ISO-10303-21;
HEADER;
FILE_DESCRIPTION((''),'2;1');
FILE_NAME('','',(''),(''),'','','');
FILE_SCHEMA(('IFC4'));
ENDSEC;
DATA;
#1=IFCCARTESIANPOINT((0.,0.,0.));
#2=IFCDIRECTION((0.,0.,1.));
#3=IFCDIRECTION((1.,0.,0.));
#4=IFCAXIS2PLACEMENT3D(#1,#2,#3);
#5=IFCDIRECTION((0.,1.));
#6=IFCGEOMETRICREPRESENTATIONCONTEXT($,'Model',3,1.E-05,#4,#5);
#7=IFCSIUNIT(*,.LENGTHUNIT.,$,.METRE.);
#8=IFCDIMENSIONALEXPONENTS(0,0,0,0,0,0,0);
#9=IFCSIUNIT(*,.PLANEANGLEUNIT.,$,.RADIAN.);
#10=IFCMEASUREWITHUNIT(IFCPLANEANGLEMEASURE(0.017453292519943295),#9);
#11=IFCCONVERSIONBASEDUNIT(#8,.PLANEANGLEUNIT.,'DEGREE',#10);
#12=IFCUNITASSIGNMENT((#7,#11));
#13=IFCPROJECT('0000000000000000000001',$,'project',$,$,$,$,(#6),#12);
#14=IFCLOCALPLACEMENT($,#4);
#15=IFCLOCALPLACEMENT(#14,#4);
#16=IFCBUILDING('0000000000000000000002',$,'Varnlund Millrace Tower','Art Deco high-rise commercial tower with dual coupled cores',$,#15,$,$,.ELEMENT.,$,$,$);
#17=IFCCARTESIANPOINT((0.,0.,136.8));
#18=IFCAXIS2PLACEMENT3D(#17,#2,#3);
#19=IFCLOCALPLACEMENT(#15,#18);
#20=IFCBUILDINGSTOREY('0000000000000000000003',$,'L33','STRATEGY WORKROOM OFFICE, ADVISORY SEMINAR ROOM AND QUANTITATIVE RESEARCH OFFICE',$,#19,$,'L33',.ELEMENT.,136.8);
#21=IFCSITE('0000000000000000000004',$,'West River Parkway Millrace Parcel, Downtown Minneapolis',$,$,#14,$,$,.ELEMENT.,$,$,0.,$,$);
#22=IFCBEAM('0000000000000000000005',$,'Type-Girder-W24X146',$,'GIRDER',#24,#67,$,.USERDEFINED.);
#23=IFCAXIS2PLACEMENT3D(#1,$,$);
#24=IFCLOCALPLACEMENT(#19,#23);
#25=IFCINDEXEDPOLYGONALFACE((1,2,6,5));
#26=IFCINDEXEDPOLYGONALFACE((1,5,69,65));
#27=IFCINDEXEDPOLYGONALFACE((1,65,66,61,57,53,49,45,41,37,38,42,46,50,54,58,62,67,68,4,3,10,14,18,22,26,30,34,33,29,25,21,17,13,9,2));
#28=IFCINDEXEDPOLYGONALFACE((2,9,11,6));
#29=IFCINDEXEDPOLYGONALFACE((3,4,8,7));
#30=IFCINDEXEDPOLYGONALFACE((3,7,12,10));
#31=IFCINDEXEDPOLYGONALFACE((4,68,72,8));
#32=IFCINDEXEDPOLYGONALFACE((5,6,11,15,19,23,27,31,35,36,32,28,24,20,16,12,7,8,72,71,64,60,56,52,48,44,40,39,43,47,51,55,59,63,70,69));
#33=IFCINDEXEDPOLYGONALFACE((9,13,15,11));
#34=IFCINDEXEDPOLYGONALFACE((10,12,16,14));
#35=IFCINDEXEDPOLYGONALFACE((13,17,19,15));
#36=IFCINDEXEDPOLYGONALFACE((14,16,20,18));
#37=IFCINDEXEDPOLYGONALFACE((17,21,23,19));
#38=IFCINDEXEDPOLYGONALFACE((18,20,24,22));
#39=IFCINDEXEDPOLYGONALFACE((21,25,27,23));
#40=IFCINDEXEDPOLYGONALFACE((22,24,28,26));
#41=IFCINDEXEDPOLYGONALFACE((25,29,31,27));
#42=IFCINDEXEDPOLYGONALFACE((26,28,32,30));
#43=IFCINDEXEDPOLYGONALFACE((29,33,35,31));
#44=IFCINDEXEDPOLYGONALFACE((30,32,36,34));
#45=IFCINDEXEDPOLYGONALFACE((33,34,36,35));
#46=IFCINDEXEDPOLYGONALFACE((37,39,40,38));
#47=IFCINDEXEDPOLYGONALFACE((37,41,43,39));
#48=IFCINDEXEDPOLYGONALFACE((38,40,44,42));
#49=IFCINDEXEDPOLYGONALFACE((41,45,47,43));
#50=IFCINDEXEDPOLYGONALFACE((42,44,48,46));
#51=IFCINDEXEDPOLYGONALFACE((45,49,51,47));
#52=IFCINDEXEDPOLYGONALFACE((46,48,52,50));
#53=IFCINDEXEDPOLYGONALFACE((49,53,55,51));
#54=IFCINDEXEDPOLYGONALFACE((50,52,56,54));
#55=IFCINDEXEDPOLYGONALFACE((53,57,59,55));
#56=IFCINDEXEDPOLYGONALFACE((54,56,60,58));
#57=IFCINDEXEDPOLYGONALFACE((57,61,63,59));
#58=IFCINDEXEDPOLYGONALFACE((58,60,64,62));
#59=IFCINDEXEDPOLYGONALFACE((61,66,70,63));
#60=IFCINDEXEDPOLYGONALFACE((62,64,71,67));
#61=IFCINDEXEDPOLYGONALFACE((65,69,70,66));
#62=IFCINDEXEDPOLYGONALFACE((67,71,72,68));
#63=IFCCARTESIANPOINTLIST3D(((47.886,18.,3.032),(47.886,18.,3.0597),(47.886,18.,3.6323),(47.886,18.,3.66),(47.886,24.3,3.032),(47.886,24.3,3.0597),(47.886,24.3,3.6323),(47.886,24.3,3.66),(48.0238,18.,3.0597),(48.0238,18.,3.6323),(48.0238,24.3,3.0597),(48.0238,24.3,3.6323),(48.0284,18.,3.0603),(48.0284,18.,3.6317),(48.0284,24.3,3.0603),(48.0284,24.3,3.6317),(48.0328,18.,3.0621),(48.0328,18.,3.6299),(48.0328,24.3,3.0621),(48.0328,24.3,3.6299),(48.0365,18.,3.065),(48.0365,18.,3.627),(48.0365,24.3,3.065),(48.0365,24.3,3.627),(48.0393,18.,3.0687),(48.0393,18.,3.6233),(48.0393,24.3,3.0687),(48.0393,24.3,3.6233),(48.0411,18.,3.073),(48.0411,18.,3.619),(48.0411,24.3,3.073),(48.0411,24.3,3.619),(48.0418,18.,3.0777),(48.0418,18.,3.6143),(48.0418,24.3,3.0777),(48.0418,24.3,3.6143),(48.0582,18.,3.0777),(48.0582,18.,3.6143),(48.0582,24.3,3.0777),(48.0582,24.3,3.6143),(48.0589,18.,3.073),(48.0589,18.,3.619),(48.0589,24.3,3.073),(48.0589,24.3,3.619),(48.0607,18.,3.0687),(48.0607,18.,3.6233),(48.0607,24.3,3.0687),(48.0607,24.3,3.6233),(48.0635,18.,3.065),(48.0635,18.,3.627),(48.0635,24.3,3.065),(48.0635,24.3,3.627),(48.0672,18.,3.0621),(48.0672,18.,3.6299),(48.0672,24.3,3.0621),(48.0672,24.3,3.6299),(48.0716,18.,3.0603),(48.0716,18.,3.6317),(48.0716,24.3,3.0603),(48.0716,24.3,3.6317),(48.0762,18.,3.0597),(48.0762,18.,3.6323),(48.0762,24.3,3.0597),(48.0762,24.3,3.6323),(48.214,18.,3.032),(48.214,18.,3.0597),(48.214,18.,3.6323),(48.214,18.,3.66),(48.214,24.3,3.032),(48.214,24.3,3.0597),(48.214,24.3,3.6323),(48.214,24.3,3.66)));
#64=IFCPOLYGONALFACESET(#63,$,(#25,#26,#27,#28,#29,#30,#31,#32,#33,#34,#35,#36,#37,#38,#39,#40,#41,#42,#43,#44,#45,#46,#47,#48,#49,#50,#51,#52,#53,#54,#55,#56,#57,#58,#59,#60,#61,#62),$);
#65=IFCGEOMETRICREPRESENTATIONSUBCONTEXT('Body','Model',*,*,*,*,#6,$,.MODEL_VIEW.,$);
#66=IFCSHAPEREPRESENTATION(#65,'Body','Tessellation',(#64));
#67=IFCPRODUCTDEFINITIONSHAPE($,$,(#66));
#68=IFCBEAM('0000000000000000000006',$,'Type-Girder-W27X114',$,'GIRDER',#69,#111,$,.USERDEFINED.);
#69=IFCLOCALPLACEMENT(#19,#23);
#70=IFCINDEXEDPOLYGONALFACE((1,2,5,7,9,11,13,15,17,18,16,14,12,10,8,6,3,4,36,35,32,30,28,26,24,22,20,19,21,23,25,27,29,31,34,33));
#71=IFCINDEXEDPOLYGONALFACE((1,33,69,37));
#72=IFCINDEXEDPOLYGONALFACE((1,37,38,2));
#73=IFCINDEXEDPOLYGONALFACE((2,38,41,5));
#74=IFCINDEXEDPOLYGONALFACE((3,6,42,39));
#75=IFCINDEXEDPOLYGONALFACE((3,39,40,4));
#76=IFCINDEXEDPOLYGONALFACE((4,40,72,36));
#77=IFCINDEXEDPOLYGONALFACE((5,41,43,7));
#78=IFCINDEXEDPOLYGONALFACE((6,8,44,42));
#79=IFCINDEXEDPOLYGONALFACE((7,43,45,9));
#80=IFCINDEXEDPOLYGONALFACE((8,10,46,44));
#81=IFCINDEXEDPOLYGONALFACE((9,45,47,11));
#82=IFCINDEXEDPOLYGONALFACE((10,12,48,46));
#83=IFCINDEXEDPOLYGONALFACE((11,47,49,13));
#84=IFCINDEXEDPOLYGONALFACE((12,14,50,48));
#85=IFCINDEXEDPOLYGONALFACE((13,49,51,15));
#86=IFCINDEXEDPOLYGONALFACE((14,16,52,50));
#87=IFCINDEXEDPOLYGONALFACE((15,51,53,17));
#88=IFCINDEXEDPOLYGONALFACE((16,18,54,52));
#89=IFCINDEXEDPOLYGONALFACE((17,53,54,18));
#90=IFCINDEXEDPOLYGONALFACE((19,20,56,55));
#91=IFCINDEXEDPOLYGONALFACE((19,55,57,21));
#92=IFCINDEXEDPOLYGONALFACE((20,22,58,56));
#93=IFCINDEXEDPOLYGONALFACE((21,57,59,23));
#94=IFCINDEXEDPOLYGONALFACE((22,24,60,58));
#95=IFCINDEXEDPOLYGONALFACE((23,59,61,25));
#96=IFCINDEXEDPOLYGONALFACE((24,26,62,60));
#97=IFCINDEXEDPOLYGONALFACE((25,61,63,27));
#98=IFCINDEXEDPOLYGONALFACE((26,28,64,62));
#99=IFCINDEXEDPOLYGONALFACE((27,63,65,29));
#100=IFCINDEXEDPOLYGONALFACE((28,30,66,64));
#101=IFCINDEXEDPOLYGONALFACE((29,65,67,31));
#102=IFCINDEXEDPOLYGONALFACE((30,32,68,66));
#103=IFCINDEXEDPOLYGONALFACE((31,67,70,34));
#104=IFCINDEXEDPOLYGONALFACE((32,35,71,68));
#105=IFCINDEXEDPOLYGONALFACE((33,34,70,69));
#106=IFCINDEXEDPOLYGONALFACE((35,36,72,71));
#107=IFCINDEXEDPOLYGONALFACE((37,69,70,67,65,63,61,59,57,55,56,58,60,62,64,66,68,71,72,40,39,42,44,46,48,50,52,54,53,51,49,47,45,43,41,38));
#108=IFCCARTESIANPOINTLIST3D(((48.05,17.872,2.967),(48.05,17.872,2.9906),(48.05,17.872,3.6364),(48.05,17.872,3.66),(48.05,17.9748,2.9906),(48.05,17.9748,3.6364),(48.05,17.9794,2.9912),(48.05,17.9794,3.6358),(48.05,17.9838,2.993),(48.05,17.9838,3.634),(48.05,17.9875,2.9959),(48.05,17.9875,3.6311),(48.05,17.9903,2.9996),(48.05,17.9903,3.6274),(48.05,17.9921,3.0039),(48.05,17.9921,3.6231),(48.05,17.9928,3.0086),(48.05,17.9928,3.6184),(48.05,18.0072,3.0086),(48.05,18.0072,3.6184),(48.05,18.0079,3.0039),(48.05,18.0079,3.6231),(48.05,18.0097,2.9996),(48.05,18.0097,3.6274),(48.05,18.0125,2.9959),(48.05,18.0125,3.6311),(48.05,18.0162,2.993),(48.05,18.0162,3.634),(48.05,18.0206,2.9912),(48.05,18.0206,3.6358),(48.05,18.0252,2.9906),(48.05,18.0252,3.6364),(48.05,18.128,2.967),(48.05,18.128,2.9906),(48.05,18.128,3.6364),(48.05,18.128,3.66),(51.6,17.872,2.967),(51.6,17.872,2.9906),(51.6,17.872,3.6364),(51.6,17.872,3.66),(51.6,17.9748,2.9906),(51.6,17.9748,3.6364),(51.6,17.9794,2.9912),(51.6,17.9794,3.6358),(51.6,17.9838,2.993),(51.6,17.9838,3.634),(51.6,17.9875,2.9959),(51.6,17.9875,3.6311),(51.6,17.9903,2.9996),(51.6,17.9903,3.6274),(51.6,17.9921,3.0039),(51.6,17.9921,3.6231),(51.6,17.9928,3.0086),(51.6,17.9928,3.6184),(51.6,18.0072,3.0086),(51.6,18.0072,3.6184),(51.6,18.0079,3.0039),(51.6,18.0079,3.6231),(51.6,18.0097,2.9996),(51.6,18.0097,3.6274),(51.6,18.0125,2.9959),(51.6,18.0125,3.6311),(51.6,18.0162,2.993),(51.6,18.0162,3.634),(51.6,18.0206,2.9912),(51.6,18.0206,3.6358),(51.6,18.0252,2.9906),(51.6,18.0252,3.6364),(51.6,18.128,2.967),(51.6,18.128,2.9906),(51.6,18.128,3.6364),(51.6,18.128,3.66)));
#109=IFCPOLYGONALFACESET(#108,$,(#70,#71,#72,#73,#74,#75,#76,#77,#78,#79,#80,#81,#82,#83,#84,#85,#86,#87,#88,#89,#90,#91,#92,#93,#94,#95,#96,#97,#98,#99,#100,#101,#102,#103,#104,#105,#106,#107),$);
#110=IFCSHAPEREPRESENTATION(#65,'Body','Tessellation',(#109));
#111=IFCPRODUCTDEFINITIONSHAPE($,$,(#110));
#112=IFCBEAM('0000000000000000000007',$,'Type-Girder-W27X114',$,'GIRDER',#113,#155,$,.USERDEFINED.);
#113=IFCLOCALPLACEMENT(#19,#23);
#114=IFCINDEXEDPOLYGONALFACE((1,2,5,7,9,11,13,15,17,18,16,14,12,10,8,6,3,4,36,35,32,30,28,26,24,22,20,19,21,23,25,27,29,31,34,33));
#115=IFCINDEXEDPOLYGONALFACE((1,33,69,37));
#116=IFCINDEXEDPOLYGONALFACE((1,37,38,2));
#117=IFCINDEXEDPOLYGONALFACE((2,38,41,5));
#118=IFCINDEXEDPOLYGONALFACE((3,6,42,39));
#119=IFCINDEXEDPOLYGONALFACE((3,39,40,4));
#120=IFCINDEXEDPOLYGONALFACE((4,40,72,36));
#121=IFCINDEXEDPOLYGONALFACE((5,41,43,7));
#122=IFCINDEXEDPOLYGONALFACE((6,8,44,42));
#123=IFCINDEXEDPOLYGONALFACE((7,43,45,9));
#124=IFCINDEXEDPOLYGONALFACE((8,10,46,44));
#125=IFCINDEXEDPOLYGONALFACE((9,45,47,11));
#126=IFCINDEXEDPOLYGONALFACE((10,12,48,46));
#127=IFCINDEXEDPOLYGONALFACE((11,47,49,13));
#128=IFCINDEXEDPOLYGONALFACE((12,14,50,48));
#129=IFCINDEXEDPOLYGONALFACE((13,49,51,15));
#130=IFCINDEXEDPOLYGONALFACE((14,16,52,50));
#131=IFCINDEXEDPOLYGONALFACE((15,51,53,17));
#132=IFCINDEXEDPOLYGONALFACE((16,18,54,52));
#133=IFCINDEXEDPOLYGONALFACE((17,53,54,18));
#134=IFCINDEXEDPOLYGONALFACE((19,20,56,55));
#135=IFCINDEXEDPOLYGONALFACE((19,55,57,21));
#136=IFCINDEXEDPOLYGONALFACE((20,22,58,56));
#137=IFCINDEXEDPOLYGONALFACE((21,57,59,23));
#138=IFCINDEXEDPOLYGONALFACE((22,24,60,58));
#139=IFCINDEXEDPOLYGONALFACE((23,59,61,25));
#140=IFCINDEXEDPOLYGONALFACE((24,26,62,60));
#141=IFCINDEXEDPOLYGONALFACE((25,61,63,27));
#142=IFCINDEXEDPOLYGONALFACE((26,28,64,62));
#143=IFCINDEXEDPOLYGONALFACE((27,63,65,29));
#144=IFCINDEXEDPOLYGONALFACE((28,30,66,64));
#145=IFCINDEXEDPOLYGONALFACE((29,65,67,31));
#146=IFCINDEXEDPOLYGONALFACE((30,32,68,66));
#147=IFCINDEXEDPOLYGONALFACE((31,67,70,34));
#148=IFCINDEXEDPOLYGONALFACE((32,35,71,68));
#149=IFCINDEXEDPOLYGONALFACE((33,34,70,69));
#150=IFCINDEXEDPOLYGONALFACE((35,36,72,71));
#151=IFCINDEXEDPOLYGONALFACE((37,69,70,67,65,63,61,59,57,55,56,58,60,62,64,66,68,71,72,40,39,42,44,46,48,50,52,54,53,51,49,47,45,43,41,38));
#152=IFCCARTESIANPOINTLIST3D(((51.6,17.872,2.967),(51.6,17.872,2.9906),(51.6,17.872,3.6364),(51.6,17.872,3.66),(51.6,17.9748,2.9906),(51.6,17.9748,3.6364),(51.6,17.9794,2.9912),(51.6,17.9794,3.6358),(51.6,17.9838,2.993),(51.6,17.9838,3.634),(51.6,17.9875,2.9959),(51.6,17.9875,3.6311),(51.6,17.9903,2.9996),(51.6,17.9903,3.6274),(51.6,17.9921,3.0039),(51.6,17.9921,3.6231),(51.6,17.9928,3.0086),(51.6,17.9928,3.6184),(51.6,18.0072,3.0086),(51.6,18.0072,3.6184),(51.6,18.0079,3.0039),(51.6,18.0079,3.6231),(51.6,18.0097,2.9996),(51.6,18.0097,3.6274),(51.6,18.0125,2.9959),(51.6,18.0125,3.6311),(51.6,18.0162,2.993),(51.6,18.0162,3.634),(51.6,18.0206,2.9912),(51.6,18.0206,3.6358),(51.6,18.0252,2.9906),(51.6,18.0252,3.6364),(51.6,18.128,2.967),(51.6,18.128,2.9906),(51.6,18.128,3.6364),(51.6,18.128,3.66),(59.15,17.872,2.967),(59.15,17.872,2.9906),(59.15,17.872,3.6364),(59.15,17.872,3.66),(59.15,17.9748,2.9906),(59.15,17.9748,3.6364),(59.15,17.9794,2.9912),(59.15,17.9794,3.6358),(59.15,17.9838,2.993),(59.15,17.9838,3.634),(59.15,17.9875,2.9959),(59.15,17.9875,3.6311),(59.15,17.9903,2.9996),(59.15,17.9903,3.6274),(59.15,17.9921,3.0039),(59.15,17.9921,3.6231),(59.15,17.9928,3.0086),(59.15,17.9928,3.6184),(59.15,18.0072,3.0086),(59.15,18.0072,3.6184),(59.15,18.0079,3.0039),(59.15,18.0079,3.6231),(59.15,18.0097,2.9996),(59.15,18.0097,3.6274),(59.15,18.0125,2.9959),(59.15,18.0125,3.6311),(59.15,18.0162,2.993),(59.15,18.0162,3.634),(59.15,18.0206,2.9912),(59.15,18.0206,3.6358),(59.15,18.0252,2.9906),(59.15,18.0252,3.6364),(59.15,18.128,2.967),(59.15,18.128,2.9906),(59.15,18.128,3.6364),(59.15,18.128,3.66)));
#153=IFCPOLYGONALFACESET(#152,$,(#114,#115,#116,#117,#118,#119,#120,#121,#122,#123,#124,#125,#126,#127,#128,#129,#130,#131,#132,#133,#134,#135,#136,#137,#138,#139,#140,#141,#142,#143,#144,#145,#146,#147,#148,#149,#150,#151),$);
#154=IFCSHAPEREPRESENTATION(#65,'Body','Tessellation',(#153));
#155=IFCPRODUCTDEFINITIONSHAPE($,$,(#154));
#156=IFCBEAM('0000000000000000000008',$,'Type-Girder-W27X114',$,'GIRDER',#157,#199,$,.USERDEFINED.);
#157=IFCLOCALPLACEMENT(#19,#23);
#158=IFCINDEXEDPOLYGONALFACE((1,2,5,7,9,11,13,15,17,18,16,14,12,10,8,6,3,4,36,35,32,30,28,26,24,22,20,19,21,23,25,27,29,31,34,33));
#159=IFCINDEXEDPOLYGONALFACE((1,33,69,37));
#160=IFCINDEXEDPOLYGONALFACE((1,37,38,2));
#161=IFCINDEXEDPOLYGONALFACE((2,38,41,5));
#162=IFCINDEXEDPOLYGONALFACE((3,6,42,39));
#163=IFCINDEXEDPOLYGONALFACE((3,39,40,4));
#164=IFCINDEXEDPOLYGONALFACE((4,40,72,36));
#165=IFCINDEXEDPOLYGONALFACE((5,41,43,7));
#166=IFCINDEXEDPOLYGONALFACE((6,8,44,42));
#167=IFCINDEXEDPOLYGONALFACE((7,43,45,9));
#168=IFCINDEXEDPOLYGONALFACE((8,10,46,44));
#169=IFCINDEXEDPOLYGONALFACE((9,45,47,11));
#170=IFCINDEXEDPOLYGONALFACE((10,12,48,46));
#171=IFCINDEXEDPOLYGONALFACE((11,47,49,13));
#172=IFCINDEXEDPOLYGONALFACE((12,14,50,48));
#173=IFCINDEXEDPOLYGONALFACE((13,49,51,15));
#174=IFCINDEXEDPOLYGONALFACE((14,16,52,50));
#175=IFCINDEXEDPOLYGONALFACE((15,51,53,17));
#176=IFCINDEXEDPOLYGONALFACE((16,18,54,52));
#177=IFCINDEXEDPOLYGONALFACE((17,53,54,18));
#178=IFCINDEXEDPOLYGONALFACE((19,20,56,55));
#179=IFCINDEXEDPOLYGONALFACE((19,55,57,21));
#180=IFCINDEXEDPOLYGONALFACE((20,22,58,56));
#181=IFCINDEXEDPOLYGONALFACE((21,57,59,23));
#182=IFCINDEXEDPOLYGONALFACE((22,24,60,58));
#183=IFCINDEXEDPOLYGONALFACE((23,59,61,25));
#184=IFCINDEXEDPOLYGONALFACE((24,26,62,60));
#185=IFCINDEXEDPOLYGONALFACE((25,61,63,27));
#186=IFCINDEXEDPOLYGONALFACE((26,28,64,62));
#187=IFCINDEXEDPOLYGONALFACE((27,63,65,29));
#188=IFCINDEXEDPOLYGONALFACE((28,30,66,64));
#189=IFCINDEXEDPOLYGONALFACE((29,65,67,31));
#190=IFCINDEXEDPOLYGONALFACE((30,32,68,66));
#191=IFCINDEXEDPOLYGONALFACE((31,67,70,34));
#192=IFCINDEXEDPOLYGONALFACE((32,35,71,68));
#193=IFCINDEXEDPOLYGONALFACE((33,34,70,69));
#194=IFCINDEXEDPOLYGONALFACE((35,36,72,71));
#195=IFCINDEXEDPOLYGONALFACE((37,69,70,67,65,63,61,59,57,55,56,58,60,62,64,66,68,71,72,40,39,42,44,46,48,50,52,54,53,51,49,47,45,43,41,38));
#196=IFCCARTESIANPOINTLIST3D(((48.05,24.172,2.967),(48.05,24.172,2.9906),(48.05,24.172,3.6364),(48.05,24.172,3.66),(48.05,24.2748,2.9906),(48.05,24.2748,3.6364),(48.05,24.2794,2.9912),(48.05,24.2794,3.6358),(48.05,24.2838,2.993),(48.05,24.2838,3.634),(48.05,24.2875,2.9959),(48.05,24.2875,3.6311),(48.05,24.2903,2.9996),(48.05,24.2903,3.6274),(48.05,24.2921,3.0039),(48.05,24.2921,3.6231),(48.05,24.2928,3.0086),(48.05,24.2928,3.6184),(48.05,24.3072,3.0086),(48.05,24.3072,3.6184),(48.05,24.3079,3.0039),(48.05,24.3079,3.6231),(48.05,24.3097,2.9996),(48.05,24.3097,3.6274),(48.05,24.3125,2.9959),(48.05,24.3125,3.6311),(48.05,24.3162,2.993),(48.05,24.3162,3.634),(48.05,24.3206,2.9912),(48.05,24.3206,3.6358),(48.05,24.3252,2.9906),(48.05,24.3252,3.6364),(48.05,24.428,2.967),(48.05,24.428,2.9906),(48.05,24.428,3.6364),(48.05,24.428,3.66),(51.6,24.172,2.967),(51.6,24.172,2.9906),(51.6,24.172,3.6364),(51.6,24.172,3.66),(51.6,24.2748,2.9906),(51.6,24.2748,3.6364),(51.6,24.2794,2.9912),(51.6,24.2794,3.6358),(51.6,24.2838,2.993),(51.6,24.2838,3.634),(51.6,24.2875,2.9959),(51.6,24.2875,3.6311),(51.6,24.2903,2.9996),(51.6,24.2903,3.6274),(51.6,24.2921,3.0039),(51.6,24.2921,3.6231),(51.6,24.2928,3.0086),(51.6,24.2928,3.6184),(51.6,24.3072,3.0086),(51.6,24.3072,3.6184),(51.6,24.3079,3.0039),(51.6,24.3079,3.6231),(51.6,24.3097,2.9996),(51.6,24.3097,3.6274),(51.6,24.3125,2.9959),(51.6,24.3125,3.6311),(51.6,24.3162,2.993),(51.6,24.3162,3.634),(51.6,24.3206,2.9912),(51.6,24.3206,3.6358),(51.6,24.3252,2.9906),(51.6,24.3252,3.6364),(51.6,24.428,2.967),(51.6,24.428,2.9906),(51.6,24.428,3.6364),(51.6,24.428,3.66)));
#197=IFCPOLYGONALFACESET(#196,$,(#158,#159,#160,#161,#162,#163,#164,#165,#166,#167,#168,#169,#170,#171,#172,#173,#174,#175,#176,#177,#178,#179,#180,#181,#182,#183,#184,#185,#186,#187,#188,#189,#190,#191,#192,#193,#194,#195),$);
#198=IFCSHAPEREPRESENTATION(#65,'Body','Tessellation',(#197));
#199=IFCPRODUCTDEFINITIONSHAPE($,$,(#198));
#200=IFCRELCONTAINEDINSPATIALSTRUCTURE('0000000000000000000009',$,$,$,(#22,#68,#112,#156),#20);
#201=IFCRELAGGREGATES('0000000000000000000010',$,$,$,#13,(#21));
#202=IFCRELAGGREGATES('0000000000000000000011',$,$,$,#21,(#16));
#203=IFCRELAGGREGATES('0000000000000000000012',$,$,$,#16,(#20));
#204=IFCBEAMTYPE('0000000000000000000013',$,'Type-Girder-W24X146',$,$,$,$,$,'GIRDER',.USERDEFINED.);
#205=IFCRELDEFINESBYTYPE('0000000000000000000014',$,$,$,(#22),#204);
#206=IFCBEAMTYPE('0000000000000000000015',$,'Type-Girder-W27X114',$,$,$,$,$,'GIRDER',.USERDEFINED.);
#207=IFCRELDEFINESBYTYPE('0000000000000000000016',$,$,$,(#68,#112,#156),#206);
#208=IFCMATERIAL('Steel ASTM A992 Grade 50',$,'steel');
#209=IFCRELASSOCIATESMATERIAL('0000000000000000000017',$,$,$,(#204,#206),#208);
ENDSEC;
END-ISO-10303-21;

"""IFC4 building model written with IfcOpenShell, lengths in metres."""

from ifc_helpers import new_model, entity, si_unit, converted_unit, direction, frame, origin_with_axes, origin_2d_with_axis, place, context, subcontext, project, spatial, i_section, extrude, material, material_profile, profile_set, type_object, element, save


model = new_model("IFC4")

# Units and contexts
model_context = context("Model", 3, precision=1e-05, world=origin_with_axes(), true_north=direction((0.0, 1.0)))
body_context = subcontext(model_context, "Body", "Model", "MODEL_VIEW")
ifc_project = project(units=[si_unit("LENGTHUNIT", "METRE"), converted_unit("PLANEANGLEUNIT", "DEGREE", entity("IfcPlaneAngleMeasure", 0.017453292519943295), si_unit("PLANEANGLEUNIT", "RADIAN"), dimensions=[0, 0, 0, 0, 0, 0, 0])], contexts=[model_context])

# Site, building, storey
site_placement = place(None, origin_with_axes())
site = spatial("IfcSite", under=ifc_project, at=site_placement, Name="West River Parkway Millrace Parcel, Downtown Minneapolis", CompositionType="ELEMENT", RefElevation=0.0)
building_placement = place(site_placement, origin_with_axes())
building = spatial("IfcBuilding", under=site, at=building_placement, Name="Varnlund Millrace Tower", Description="Art Deco high-rise commercial tower with dual coupled cores", CompositionType="ELEMENT")
storey_placement = place(building_placement, frame((0.0, 0.0, 136.8), z_axis=(0.0, 0.0, 1.0), x_axis=(1.0, 0.0, 0.0)))
storey = spatial("IfcBuildingStorey", under=building, at=storey_placement, Name="L33", Description="STRATEGY WORKROOM OFFICE, ADVISORY SEMINAR ROOM AND QUANTITATIVE RESEARCH OFFICE", LongName="L33", CompositionType="ELEMENT", Elevation=136.8)

# Beams
ifc_material_1 = material(Name="Steel ASTM A992 Grade 50", Category="steel")
ifc_material_profile_1 = material_profile(ifc_material_1, i_section(OverallWidth=0.328, OverallDepth=0.628, WebThickness=0.0165, FlangeThickness=0.0277, FilletRadius=0.018, at=origin_2d_with_axis()), Name="Steel ASTM A992 Grade 50")
ifc_profile_set_1 = profile_set([ifc_material_profile_1], Name="Steel ASTM A992 Grade 50")
beam_type_1 = type_object("IfcBeamType", Name="Type-Girder-W24X146", ElementType="GIRDER", PredefinedType="USERDEFINED", material=ifc_profile_set_1)
beam_1_placement = place(storey_placement, frame((48.05, 18.0, 3.346), z_axis=(0.0, 1.0, 0.0), x_axis=(-1.0, 0.0, 0.0)))
element("IfcBeam", 1, at=beam_1_placement, inside=storey, type_object=beam_type_1, Name="Type-Girder-W24X146", ObjectType="GIRDER", PredefinedType="USERDEFINED", context=body_context, shape_type="SweptSolid", body=[
    extrude(i_section(OverallWidth=0.328, OverallDepth=0.628, WebThickness=0.0165, FlangeThickness=0.0277, FilletRadius=0.018, at=origin_2d_with_axis()), origin_with_axes(), (0.0, 0.0, 1.0), 6.3),
])
ifc_material_profile_2 = material_profile(ifc_material_1, i_section(OverallWidth=0.256, OverallDepth=0.693, WebThickness=0.0145, FlangeThickness=0.0236, FilletRadius=0.018, at=origin_2d_with_axis()), Name="Steel ASTM A992 Grade 50")
ifc_profile_set_2 = profile_set([ifc_material_profile_2], Name="Steel ASTM A992 Grade 50")
beam_type_2 = type_object("IfcBeamType", Name="Type-Girder-W27X114", ElementType="GIRDER", PredefinedType="USERDEFINED", material=ifc_profile_set_2)
beam_2_placement = place(storey_placement, frame((48.05, 18.0, 3.3135), z_axis=(1.0, 0.0, 0.0), x_axis=(0.0, 1.0, 0.0)))
element("IfcBeam", 2, at=beam_2_placement, inside=storey, type_object=beam_type_2, Name="Type-Girder-W27X114", ObjectType="GIRDER", PredefinedType="USERDEFINED", context=body_context, shape_type="SweptSolid", body=[
    extrude(i_section(OverallWidth=0.256, OverallDepth=0.693, WebThickness=0.0145, FlangeThickness=0.0236, FilletRadius=0.018, at=origin_2d_with_axis()), origin_with_axes(), (0.0, 0.0, 1.0), 3.55),
])
beam_3_placement = place(storey_placement, frame((51.6, 18.0, 3.3135), z_axis=(1.0, 0.0, 0.0), x_axis=(0.0, 1.0, 0.0)))
element("IfcBeam", 3, at=beam_3_placement, inside=storey, type_object=beam_type_2, Name="Type-Girder-W27X114", ObjectType="GIRDER", PredefinedType="USERDEFINED", context=body_context, shape_type="SweptSolid", body=[
    extrude(i_section(OverallWidth=0.256, OverallDepth=0.693, WebThickness=0.0145, FlangeThickness=0.0236, FilletRadius=0.018, at=origin_2d_with_axis()), origin_with_axes(), (0.0, 0.0, 1.0), 7.55),
])
beam_4_placement = place(storey_placement, frame((48.05, 24.3, 3.3135), z_axis=(1.0, 0.0, 0.0), x_axis=(0.0, 1.0, 0.0)))
element("IfcBeam", 4, at=beam_4_placement, inside=storey, type_object=beam_type_2, Name="Type-Girder-W27X114", ObjectType="GIRDER", PredefinedType="USERDEFINED", context=body_context, shape_type="SweptSolid", body=[
    extrude(i_section(OverallWidth=0.256, OverallDepth=0.693, WebThickness=0.0145, FlangeThickness=0.0236, FilletRadius=0.018, at=origin_2d_with_axis()), origin_with_axes(), (0.0, 0.0, 1.0), 3.55),
])

save(model, "model.ifc")
